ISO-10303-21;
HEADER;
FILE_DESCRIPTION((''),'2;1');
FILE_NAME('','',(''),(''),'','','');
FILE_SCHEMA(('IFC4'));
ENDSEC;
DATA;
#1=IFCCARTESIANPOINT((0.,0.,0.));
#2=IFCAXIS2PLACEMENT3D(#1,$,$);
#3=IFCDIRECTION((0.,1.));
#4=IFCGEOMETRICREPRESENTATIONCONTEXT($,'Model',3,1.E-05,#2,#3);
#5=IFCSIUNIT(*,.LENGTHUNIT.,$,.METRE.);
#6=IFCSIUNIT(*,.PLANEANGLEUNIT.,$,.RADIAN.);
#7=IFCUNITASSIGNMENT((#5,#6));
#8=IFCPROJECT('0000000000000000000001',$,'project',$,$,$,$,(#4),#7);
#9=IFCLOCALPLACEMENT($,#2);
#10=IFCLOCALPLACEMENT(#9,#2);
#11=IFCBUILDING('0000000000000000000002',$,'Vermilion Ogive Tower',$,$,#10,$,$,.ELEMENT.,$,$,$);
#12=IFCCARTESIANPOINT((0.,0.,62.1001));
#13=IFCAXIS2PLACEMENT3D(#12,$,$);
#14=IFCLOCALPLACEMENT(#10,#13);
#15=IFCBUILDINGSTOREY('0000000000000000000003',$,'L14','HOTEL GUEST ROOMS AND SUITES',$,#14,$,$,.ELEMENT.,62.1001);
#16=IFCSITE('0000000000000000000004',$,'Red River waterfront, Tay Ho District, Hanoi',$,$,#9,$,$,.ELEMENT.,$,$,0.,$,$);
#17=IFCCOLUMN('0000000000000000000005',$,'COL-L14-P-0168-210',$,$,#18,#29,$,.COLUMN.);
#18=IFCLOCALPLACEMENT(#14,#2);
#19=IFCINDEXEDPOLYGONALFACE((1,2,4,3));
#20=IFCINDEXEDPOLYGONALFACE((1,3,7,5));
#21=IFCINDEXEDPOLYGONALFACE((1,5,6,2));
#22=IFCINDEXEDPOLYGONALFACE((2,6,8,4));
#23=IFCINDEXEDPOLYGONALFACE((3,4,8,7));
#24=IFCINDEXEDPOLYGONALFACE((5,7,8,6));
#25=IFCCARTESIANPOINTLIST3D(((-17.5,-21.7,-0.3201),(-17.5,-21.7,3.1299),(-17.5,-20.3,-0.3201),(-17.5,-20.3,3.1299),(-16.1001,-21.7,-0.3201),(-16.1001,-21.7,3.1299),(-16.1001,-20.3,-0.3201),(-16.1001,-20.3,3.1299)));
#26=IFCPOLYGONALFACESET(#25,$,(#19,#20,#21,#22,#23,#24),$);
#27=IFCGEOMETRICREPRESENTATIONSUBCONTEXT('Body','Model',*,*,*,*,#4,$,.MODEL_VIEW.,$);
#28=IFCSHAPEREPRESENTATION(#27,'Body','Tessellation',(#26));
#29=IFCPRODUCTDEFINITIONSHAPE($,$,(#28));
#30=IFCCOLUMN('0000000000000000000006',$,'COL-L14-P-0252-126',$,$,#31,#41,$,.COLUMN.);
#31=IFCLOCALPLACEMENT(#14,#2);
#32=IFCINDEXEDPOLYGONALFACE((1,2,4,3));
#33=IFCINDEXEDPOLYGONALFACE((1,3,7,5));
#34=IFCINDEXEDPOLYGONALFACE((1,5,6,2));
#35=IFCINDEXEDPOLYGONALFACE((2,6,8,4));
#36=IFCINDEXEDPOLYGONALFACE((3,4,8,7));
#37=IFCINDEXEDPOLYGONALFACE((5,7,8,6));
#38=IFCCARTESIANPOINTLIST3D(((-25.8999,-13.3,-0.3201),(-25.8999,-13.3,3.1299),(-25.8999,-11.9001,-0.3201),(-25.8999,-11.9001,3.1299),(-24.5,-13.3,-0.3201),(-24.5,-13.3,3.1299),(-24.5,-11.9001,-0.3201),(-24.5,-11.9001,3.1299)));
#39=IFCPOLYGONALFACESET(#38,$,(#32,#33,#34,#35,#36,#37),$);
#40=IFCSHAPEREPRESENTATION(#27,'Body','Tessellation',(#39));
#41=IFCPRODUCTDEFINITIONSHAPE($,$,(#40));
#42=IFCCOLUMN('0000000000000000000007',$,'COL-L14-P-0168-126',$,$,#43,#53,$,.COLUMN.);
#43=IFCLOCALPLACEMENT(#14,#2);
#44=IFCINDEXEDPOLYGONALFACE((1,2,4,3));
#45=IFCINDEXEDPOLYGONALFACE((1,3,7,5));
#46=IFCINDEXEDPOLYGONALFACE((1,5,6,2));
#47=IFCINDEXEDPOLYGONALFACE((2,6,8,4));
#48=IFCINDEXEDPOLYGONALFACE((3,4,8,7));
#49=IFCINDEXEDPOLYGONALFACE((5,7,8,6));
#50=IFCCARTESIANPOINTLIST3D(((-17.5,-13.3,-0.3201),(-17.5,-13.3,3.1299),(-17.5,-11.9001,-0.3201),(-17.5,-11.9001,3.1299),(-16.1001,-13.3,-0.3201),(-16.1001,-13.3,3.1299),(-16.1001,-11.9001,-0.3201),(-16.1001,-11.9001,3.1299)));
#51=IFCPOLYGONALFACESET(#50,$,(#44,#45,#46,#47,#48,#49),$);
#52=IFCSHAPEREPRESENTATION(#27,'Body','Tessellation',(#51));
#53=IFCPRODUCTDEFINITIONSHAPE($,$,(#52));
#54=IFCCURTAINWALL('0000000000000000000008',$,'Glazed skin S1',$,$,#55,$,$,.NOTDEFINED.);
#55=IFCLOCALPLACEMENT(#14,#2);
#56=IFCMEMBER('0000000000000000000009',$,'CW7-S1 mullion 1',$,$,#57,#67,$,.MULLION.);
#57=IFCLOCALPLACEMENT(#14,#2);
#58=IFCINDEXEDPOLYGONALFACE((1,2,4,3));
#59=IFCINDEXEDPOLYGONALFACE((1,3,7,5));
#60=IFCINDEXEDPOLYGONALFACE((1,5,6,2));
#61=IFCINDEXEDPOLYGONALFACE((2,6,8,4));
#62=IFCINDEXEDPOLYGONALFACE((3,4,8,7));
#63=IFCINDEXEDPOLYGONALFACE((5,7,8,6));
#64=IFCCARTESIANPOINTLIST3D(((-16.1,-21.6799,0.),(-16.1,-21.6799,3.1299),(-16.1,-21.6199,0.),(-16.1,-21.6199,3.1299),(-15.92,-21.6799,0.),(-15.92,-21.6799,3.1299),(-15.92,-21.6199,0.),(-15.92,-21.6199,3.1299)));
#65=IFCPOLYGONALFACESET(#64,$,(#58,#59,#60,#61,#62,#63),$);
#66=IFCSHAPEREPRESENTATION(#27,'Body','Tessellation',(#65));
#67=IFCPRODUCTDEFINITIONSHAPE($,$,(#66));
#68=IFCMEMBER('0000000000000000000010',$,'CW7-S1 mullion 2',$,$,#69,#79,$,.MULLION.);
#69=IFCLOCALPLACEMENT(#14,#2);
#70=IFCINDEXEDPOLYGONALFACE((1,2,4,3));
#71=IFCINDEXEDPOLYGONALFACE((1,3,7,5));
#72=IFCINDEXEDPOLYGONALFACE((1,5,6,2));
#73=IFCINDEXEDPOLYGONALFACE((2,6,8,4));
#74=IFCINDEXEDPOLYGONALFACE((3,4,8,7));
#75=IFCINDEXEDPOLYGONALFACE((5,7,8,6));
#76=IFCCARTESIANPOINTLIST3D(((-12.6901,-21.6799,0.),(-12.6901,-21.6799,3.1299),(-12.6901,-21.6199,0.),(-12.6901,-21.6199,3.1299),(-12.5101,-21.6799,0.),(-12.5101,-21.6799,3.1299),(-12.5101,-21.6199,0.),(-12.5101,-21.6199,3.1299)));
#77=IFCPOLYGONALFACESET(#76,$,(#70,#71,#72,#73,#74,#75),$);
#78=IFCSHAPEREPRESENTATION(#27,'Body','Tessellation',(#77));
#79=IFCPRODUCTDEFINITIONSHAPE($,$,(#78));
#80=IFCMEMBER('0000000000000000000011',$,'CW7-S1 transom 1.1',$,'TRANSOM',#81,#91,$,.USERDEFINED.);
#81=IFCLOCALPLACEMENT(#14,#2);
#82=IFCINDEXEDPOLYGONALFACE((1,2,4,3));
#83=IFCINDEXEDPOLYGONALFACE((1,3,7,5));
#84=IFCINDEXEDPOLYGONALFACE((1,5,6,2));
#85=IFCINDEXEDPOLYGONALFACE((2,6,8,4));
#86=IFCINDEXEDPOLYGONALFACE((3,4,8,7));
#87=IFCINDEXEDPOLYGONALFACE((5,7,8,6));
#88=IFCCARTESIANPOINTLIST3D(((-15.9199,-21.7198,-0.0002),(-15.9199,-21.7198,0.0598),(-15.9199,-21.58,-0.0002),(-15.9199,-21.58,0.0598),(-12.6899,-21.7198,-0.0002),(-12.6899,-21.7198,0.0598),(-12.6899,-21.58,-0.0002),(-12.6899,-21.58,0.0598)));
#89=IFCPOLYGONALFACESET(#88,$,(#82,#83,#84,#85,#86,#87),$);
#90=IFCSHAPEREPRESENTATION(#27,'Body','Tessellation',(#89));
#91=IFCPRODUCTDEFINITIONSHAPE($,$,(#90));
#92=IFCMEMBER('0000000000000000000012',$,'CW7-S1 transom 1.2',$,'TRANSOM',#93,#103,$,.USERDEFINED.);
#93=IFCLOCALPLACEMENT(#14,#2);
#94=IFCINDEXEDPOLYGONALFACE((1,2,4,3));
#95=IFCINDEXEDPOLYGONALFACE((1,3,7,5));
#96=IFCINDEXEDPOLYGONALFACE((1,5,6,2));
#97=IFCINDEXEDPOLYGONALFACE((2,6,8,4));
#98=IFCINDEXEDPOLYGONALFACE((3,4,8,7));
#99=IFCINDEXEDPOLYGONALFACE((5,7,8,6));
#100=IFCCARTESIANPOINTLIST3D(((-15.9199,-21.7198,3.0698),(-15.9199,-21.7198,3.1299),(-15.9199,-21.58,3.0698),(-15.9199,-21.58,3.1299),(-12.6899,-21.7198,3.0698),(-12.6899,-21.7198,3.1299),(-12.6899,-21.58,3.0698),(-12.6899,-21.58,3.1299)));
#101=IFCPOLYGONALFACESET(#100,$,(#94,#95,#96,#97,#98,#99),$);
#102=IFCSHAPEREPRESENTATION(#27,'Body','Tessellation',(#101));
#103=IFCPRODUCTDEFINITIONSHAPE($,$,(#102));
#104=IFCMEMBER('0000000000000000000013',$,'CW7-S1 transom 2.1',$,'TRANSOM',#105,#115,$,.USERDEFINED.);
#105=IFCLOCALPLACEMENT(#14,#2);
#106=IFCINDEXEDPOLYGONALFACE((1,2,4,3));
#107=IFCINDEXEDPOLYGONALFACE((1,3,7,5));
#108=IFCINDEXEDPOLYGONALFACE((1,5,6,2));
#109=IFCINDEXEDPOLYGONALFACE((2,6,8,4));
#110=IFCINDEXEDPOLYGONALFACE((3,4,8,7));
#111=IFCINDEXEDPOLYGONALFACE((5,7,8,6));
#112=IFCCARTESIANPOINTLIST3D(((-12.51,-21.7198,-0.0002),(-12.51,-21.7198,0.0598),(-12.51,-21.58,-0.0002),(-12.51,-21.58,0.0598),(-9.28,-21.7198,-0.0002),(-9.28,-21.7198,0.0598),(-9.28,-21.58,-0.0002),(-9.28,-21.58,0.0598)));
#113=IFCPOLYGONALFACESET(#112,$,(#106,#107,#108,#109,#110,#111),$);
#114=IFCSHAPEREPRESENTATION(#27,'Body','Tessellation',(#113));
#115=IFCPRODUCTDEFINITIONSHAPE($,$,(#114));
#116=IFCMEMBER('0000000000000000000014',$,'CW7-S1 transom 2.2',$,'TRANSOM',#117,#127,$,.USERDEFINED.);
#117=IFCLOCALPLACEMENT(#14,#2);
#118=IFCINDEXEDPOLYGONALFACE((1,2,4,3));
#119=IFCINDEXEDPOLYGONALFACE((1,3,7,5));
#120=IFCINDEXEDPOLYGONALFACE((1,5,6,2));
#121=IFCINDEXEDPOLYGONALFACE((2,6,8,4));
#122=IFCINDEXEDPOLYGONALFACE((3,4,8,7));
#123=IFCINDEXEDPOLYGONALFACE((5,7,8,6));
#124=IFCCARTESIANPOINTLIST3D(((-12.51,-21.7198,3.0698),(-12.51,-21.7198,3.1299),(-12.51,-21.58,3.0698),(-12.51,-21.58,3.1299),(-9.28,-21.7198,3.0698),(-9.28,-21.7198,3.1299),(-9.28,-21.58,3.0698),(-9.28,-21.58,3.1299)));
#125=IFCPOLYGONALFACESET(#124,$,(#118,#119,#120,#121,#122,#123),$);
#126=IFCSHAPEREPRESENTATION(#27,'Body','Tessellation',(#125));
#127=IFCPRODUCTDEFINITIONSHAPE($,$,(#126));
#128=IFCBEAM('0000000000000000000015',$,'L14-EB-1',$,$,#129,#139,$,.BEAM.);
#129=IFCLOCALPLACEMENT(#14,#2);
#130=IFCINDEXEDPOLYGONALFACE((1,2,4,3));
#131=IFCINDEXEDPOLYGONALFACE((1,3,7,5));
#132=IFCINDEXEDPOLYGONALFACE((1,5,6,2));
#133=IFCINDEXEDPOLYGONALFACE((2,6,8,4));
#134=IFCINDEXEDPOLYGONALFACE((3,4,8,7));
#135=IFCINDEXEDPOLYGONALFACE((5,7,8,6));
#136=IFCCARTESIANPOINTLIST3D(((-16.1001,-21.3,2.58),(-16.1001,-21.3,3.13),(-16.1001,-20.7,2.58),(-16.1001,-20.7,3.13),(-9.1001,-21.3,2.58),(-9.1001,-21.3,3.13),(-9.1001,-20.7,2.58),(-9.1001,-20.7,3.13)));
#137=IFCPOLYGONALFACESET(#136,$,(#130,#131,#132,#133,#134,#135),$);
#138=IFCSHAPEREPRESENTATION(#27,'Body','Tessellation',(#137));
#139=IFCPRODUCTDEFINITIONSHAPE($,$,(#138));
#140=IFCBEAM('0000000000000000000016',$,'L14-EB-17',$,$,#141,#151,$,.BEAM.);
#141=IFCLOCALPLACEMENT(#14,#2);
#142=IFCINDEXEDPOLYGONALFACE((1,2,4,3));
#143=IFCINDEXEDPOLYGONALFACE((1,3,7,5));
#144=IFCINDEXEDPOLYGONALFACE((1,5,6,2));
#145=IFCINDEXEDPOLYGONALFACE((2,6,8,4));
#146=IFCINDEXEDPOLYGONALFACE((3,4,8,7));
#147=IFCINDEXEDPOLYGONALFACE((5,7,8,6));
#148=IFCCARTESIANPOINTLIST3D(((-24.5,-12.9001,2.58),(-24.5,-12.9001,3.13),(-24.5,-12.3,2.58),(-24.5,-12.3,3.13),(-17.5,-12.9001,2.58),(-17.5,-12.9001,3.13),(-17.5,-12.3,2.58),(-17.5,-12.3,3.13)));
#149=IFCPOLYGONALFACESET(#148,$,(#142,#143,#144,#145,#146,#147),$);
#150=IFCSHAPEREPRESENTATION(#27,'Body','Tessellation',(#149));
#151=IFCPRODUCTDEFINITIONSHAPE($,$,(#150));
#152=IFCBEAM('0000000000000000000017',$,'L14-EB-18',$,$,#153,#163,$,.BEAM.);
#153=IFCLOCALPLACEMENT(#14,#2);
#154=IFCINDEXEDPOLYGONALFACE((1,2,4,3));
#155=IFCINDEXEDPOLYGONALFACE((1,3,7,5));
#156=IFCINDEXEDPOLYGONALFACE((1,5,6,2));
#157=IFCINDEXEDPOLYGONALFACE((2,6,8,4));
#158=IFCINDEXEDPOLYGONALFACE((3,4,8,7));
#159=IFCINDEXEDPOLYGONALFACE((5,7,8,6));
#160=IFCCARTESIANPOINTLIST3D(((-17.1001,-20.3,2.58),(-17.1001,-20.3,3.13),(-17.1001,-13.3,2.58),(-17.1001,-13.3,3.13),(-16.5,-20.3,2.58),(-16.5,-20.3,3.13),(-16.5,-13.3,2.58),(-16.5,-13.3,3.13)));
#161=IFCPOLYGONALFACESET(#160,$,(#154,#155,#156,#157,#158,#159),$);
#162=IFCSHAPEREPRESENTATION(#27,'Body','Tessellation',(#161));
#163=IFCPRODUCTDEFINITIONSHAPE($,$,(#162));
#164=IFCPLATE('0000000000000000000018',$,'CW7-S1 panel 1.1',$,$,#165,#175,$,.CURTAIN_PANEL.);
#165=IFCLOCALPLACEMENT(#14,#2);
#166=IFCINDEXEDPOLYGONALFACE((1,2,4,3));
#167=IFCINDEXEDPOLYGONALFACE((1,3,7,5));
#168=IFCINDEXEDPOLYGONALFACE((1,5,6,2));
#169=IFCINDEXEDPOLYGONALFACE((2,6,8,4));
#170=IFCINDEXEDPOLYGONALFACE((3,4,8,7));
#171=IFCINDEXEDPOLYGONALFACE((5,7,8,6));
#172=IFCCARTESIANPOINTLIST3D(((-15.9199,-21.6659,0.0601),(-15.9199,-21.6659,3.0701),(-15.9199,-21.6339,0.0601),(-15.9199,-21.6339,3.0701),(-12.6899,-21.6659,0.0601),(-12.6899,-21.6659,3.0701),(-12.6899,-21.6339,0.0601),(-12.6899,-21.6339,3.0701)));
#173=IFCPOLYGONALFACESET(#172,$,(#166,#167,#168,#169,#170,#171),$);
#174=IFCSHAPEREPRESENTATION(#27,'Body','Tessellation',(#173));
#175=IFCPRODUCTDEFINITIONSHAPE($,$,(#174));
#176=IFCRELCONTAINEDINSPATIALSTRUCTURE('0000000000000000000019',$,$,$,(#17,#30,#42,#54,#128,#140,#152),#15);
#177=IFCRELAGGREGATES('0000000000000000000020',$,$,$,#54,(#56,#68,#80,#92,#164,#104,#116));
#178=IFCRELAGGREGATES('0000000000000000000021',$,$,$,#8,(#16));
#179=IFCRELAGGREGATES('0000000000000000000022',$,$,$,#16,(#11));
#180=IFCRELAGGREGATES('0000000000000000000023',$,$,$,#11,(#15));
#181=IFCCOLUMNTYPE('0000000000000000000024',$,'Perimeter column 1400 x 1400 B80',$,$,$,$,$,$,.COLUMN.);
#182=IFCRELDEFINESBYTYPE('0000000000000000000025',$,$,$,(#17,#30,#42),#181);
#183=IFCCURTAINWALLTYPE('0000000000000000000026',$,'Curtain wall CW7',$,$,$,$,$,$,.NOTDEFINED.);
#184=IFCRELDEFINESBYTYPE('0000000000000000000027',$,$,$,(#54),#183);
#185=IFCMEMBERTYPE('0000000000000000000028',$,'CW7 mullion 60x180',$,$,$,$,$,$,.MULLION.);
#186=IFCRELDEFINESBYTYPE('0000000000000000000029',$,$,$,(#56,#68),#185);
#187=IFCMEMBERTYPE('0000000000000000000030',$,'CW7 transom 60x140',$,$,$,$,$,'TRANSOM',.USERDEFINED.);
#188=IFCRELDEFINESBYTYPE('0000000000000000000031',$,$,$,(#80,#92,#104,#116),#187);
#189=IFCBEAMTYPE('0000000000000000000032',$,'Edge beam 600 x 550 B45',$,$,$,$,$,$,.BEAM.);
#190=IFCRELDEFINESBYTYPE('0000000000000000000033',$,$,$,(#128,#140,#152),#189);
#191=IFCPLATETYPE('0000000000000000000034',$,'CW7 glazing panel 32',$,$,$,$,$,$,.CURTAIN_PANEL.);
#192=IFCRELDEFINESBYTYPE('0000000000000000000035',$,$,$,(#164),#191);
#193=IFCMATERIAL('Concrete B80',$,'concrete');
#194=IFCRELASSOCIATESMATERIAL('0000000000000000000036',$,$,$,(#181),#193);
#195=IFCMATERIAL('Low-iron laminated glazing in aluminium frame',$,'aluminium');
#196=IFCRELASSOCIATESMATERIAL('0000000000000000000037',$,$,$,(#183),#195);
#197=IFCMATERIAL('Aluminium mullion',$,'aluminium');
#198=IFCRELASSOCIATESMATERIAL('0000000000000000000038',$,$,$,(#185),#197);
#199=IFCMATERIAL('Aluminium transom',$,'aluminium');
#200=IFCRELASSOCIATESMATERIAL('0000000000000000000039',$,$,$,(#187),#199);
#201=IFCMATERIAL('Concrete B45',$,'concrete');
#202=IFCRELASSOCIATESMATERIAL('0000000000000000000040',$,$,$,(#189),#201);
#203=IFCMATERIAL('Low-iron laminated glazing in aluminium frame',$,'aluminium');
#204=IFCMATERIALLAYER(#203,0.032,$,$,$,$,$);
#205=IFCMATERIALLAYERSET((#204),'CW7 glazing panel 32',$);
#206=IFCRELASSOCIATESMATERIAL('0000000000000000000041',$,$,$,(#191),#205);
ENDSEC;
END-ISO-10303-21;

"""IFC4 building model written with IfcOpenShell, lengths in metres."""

from ifc_helpers import new_model, si_unit, direction, frame, origin, origin_2d, place, context, subcontext, project, spatial, rectangle, extrude, material, layer, layer_set, material_profile, profile_set, type_object, element, aggregate, save


model = new_model("IFC4")

# Units and contexts
model_context = context("Model", 3, precision=1e-05, world=origin(), true_north=direction((0.0, 1.0)))
body_context = subcontext(model_context, "Body", "Model", "MODEL_VIEW")
ifc_project = project(units=[si_unit("LENGTHUNIT", "METRE"), si_unit("PLANEANGLEUNIT", "RADIAN")], contexts=[model_context])

# Site, building, storey
site_placement = place(None, origin())
site = spatial("IfcSite", under=ifc_project, at=site_placement, Name="Red River waterfront, Tay Ho District, Hanoi", CompositionType="ELEMENT", RefElevation=0.0)
building_placement = place(site_placement, origin())
building = spatial("IfcBuilding", under=site, at=building_placement, Name="Vermilion Ogive Tower", CompositionType="ELEMENT")
storey_placement = place(building_placement, frame((0.0, 0.0, 62.1001)))
storey = spatial("IfcBuildingStorey", under=building, at=storey_placement, Name="L14", Description="HOTEL GUEST ROOMS AND SUITES", CompositionType="ELEMENT", Elevation=62.1001)

# Columns
ifc_material_1 = material(Name="Concrete B80", Category="concrete")
ifc_material_profile_1 = material_profile(ifc_material_1, rectangle(XDim=1.3999, YDim=1.3999, at=origin_2d()), Name="1400 x 1400")
ifc_profile_set_1 = profile_set([ifc_material_profile_1], Name="Concrete B80")
column_type = type_object("IfcColumnType", Name="Perimeter column 1400 x 1400 B80", PredefinedType="COLUMN", material=ifc_profile_set_1)
for number, where, z_axis, x_axis, name in (
    (1, (-16.8, -21.0, -0.3201), (0.0, 0.0, 1.0), (1.0, 0.0, 0.0), "COL-L14-P-0168-210"),
    (2, (-25.2, -12.6001, -0.3201), (0.0, 0.0, 1.0), (1.0, 0.0, 0.0), "COL-L14-P-0252-126"),
    (3, (-16.8, -12.6001, -0.3201), (0.0, 0.0, 1.0), (1.0, 0.0, 0.0), "COL-L14-P-0168-126"),
):
    element("IfcColumn", number, at=place(storey_placement, frame(where, z_axis=z_axis, x_axis=x_axis)), inside=storey, type_object=column_type, Name=name, PredefinedType="COLUMN", context=body_context, shape_type="SweptSolid", body=[
        extrude(rectangle(XDim=1.3999, YDim=1.3999, at=origin_2d()), origin(), (0.0, 0.0, 1.0), 3.45),
    ])

# Curtain wall, members
ifc_material_2 = material(Name="Low-iron laminated glazing in aluminium frame", Category="aluminium")
curtain_wall_type = type_object("IfcCurtainWallType", Name="Curtain wall CW7", PredefinedType="NOTDEFINED", material=ifc_material_2)
curtain_wall_placement = place(storey_placement, origin())
curtain_wall = element("IfcCurtainWall", 4, at=curtain_wall_placement, inside=storey, type_object=curtain_wall_type, Name="Glazed skin S1", PredefinedType="NOTDEFINED")
ifc_material_3 = material(Name="Aluminium mullion", Category="aluminium")
ifc_material_profile_2 = material_profile(ifc_material_3, rectangle(XDim=0.0601, YDim=0.1799, at=origin_2d()), Name="AL 60x180")
ifc_profile_set_2 = profile_set([ifc_material_profile_2], Name="Aluminium mullion")
member_type_1 = type_object("IfcMemberType", Name="CW7 mullion 60x180", PredefinedType="MULLION", material=ifc_profile_set_2)
member_1_placement = place(storey_placement, frame((-16.01, -21.6499, 0.0), z_axis=(0.0, 0.0, 1.0), x_axis=(0.0, 1.0, 0.0)))
member_1 = element("IfcMember", 5, at=member_1_placement, type_object=member_type_1, Name="CW7-S1 mullion 1", PredefinedType="MULLION", context=body_context, shape_type="SweptSolid", body=[
    extrude(rectangle(XDim=0.0601, YDim=0.1799, at=origin_2d()), origin(), (0.0, 0.0, 1.0), 3.1299),
])
member_2_placement = place(storey_placement, frame((-12.6001, -21.6499, 0.0), z_axis=(0.0, 0.0, 1.0), x_axis=(0.0, 1.0, 0.0)))
member_2 = element("IfcMember", 6, at=member_2_placement, type_object=member_type_1, Name="CW7-S1 mullion 2", PredefinedType="MULLION", context=body_context, shape_type="SweptSolid", body=[
    extrude(rectangle(XDim=0.0601, YDim=0.1799, at=origin_2d()), origin(), (0.0, 0.0, 1.0), 3.1299),
])
ifc_material_4 = material(Name="Aluminium transom", Category="aluminium")
ifc_material_profile_3 = material_profile(ifc_material_4, rectangle(XDim=0.1399, YDim=0.0601, at=origin_2d()), Name="AL 60x140")
ifc_profile_set_3 = profile_set([ifc_material_profile_3], Name="Aluminium transom")
member_type_2 = type_object("IfcMemberType", Name="CW7 transom 60x140", ElementType="TRANSOM", PredefinedType="USERDEFINED", material=ifc_profile_set_3)
member_3_placement = place(storey_placement, frame((-15.9199, -21.6499, 0.0298), z_axis=(1.0, 0.0, 0.0), x_axis=(0.0, 1.0, 0.0)))
member_3 = element("IfcMember", 7, at=member_3_placement, type_object=member_type_2, Name="CW7-S1 transom 1.1", ObjectType="TRANSOM", PredefinedType="USERDEFINED", context=body_context, shape_type="SweptSolid", body=[
    extrude(rectangle(XDim=0.1399, YDim=0.0601, at=origin_2d()), origin(), (0.0, 0.0, 1.0), 3.23),
])
member_4_placement = place(storey_placement, frame((-15.9199, -21.6499, 3.0999), z_axis=(1.0, 0.0, 0.0), x_axis=(0.0, 1.0, 0.0)))
member_4 = element("IfcMember", 8, at=member_4_placement, type_object=member_type_2, Name="CW7-S1 transom 1.2", ObjectType="TRANSOM", PredefinedType="USERDEFINED", context=body_context, shape_type="SweptSolid", body=[
    extrude(rectangle(XDim=0.1399, YDim=0.0601, at=origin_2d()), origin(), (0.0, 0.0, 1.0), 3.23),
])
member_5_placement = place(storey_placement, frame((-12.51, -21.6499, 0.0298), z_axis=(1.0, 0.0, 0.0), x_axis=(0.0, 1.0, 0.0)))
member_5 = element("IfcMember", 9, at=member_5_placement, type_object=member_type_2, Name="CW7-S1 transom 2.1", ObjectType="TRANSOM", PredefinedType="USERDEFINED", context=body_context, shape_type="SweptSolid", body=[
    extrude(rectangle(XDim=0.1399, YDim=0.0601, at=origin_2d()), origin(), (0.0, 0.0, 1.0), 3.23),
])
member_6_placement = place(storey_placement, frame((-12.51, -21.6499, 3.0999), z_axis=(1.0, 0.0, 0.0), x_axis=(0.0, 1.0, 0.0)))
member_6 = element("IfcMember", 10, at=member_6_placement, type_object=member_type_2, Name="CW7-S1 transom 2.2", ObjectType="TRANSOM", PredefinedType="USERDEFINED", context=body_context, shape_type="SweptSolid", body=[
    extrude(rectangle(XDim=0.1399, YDim=0.0601, at=origin_2d()), origin(), (0.0, 0.0, 1.0), 3.23),
])

# Beams
ifc_material_5 = material(Name="Concrete B45", Category="concrete")
ifc_material_profile_4 = material_profile(ifc_material_5, rectangle(XDim=0.6001, YDim=0.55, at=origin_2d()), Name="600 x 550")
ifc_profile_set_4 = profile_set([ifc_material_profile_4], Name="Concrete B45")
beam_type = type_object("IfcBeamType", Name="Edge beam 600 x 550 B45", PredefinedType="BEAM", material=ifc_profile_set_4)
for number, where, z_axis, x_axis, name in (
    (11, (-16.1001, -21.0, 2.855), (1.0, 0.0, 0.0), (0.0, 1.0, 0.0), "L14-EB-1"),
    (12, (-24.5, -12.6001, 2.855), (1.0, 0.0, 0.0), (0.0, 1.0, 0.0), "L14-EB-17"),
    (13, (-16.8, -13.3, 2.855), (0.0, -1.0, 0.0), (1.0, 0.0, 0.0), "L14-EB-18"),
):
    element("IfcBeam", number, at=place(storey_placement, frame(where, z_axis=z_axis, x_axis=x_axis)), inside=storey, type_object=beam_type, Name=name, PredefinedType="BEAM", context=body_context, shape_type="SweptSolid", body=[
        extrude(rectangle(XDim=0.6001, YDim=0.55, at=origin_2d()), origin(), (0.0, 0.0, 1.0), 7.0),
    ])

# Plate
ifc_material_6 = material(Name="Low-iron laminated glazing in aluminium frame", Category="aluminium")
ifc_layer_1 = layer(ifc_material_6, 0.032)
ifc_layer_set_1 = layer_set([ifc_layer_1], Name="CW7 glazing panel 32")
plate_type = type_object("IfcPlateType", Name="CW7 glazing panel 32", PredefinedType="CURTAIN_PANEL", material=ifc_layer_set_1)
plate_placement = place(storey_placement, frame((-14.3049, -21.6499, 0.0601), z_axis=(0.0, 0.0, 1.0), x_axis=(1.0, 0.0, 0.0)))
plate = element("IfcPlate", 14, at=plate_placement, type_object=plate_type, Name="CW7-S1 panel 1.1", PredefinedType="CURTAIN_PANEL", context=body_context, shape_type="SweptSolid", body=[
    extrude(rectangle(XDim=3.23, YDim=0.032, at=origin_2d()), origin(), (0.0, 0.0, 1.0), 3.01),
])
aggregate(curtain_wall, [member_1, member_2, member_3, member_4, plate, member_5, member_6])

save(model, "model.ifc")
